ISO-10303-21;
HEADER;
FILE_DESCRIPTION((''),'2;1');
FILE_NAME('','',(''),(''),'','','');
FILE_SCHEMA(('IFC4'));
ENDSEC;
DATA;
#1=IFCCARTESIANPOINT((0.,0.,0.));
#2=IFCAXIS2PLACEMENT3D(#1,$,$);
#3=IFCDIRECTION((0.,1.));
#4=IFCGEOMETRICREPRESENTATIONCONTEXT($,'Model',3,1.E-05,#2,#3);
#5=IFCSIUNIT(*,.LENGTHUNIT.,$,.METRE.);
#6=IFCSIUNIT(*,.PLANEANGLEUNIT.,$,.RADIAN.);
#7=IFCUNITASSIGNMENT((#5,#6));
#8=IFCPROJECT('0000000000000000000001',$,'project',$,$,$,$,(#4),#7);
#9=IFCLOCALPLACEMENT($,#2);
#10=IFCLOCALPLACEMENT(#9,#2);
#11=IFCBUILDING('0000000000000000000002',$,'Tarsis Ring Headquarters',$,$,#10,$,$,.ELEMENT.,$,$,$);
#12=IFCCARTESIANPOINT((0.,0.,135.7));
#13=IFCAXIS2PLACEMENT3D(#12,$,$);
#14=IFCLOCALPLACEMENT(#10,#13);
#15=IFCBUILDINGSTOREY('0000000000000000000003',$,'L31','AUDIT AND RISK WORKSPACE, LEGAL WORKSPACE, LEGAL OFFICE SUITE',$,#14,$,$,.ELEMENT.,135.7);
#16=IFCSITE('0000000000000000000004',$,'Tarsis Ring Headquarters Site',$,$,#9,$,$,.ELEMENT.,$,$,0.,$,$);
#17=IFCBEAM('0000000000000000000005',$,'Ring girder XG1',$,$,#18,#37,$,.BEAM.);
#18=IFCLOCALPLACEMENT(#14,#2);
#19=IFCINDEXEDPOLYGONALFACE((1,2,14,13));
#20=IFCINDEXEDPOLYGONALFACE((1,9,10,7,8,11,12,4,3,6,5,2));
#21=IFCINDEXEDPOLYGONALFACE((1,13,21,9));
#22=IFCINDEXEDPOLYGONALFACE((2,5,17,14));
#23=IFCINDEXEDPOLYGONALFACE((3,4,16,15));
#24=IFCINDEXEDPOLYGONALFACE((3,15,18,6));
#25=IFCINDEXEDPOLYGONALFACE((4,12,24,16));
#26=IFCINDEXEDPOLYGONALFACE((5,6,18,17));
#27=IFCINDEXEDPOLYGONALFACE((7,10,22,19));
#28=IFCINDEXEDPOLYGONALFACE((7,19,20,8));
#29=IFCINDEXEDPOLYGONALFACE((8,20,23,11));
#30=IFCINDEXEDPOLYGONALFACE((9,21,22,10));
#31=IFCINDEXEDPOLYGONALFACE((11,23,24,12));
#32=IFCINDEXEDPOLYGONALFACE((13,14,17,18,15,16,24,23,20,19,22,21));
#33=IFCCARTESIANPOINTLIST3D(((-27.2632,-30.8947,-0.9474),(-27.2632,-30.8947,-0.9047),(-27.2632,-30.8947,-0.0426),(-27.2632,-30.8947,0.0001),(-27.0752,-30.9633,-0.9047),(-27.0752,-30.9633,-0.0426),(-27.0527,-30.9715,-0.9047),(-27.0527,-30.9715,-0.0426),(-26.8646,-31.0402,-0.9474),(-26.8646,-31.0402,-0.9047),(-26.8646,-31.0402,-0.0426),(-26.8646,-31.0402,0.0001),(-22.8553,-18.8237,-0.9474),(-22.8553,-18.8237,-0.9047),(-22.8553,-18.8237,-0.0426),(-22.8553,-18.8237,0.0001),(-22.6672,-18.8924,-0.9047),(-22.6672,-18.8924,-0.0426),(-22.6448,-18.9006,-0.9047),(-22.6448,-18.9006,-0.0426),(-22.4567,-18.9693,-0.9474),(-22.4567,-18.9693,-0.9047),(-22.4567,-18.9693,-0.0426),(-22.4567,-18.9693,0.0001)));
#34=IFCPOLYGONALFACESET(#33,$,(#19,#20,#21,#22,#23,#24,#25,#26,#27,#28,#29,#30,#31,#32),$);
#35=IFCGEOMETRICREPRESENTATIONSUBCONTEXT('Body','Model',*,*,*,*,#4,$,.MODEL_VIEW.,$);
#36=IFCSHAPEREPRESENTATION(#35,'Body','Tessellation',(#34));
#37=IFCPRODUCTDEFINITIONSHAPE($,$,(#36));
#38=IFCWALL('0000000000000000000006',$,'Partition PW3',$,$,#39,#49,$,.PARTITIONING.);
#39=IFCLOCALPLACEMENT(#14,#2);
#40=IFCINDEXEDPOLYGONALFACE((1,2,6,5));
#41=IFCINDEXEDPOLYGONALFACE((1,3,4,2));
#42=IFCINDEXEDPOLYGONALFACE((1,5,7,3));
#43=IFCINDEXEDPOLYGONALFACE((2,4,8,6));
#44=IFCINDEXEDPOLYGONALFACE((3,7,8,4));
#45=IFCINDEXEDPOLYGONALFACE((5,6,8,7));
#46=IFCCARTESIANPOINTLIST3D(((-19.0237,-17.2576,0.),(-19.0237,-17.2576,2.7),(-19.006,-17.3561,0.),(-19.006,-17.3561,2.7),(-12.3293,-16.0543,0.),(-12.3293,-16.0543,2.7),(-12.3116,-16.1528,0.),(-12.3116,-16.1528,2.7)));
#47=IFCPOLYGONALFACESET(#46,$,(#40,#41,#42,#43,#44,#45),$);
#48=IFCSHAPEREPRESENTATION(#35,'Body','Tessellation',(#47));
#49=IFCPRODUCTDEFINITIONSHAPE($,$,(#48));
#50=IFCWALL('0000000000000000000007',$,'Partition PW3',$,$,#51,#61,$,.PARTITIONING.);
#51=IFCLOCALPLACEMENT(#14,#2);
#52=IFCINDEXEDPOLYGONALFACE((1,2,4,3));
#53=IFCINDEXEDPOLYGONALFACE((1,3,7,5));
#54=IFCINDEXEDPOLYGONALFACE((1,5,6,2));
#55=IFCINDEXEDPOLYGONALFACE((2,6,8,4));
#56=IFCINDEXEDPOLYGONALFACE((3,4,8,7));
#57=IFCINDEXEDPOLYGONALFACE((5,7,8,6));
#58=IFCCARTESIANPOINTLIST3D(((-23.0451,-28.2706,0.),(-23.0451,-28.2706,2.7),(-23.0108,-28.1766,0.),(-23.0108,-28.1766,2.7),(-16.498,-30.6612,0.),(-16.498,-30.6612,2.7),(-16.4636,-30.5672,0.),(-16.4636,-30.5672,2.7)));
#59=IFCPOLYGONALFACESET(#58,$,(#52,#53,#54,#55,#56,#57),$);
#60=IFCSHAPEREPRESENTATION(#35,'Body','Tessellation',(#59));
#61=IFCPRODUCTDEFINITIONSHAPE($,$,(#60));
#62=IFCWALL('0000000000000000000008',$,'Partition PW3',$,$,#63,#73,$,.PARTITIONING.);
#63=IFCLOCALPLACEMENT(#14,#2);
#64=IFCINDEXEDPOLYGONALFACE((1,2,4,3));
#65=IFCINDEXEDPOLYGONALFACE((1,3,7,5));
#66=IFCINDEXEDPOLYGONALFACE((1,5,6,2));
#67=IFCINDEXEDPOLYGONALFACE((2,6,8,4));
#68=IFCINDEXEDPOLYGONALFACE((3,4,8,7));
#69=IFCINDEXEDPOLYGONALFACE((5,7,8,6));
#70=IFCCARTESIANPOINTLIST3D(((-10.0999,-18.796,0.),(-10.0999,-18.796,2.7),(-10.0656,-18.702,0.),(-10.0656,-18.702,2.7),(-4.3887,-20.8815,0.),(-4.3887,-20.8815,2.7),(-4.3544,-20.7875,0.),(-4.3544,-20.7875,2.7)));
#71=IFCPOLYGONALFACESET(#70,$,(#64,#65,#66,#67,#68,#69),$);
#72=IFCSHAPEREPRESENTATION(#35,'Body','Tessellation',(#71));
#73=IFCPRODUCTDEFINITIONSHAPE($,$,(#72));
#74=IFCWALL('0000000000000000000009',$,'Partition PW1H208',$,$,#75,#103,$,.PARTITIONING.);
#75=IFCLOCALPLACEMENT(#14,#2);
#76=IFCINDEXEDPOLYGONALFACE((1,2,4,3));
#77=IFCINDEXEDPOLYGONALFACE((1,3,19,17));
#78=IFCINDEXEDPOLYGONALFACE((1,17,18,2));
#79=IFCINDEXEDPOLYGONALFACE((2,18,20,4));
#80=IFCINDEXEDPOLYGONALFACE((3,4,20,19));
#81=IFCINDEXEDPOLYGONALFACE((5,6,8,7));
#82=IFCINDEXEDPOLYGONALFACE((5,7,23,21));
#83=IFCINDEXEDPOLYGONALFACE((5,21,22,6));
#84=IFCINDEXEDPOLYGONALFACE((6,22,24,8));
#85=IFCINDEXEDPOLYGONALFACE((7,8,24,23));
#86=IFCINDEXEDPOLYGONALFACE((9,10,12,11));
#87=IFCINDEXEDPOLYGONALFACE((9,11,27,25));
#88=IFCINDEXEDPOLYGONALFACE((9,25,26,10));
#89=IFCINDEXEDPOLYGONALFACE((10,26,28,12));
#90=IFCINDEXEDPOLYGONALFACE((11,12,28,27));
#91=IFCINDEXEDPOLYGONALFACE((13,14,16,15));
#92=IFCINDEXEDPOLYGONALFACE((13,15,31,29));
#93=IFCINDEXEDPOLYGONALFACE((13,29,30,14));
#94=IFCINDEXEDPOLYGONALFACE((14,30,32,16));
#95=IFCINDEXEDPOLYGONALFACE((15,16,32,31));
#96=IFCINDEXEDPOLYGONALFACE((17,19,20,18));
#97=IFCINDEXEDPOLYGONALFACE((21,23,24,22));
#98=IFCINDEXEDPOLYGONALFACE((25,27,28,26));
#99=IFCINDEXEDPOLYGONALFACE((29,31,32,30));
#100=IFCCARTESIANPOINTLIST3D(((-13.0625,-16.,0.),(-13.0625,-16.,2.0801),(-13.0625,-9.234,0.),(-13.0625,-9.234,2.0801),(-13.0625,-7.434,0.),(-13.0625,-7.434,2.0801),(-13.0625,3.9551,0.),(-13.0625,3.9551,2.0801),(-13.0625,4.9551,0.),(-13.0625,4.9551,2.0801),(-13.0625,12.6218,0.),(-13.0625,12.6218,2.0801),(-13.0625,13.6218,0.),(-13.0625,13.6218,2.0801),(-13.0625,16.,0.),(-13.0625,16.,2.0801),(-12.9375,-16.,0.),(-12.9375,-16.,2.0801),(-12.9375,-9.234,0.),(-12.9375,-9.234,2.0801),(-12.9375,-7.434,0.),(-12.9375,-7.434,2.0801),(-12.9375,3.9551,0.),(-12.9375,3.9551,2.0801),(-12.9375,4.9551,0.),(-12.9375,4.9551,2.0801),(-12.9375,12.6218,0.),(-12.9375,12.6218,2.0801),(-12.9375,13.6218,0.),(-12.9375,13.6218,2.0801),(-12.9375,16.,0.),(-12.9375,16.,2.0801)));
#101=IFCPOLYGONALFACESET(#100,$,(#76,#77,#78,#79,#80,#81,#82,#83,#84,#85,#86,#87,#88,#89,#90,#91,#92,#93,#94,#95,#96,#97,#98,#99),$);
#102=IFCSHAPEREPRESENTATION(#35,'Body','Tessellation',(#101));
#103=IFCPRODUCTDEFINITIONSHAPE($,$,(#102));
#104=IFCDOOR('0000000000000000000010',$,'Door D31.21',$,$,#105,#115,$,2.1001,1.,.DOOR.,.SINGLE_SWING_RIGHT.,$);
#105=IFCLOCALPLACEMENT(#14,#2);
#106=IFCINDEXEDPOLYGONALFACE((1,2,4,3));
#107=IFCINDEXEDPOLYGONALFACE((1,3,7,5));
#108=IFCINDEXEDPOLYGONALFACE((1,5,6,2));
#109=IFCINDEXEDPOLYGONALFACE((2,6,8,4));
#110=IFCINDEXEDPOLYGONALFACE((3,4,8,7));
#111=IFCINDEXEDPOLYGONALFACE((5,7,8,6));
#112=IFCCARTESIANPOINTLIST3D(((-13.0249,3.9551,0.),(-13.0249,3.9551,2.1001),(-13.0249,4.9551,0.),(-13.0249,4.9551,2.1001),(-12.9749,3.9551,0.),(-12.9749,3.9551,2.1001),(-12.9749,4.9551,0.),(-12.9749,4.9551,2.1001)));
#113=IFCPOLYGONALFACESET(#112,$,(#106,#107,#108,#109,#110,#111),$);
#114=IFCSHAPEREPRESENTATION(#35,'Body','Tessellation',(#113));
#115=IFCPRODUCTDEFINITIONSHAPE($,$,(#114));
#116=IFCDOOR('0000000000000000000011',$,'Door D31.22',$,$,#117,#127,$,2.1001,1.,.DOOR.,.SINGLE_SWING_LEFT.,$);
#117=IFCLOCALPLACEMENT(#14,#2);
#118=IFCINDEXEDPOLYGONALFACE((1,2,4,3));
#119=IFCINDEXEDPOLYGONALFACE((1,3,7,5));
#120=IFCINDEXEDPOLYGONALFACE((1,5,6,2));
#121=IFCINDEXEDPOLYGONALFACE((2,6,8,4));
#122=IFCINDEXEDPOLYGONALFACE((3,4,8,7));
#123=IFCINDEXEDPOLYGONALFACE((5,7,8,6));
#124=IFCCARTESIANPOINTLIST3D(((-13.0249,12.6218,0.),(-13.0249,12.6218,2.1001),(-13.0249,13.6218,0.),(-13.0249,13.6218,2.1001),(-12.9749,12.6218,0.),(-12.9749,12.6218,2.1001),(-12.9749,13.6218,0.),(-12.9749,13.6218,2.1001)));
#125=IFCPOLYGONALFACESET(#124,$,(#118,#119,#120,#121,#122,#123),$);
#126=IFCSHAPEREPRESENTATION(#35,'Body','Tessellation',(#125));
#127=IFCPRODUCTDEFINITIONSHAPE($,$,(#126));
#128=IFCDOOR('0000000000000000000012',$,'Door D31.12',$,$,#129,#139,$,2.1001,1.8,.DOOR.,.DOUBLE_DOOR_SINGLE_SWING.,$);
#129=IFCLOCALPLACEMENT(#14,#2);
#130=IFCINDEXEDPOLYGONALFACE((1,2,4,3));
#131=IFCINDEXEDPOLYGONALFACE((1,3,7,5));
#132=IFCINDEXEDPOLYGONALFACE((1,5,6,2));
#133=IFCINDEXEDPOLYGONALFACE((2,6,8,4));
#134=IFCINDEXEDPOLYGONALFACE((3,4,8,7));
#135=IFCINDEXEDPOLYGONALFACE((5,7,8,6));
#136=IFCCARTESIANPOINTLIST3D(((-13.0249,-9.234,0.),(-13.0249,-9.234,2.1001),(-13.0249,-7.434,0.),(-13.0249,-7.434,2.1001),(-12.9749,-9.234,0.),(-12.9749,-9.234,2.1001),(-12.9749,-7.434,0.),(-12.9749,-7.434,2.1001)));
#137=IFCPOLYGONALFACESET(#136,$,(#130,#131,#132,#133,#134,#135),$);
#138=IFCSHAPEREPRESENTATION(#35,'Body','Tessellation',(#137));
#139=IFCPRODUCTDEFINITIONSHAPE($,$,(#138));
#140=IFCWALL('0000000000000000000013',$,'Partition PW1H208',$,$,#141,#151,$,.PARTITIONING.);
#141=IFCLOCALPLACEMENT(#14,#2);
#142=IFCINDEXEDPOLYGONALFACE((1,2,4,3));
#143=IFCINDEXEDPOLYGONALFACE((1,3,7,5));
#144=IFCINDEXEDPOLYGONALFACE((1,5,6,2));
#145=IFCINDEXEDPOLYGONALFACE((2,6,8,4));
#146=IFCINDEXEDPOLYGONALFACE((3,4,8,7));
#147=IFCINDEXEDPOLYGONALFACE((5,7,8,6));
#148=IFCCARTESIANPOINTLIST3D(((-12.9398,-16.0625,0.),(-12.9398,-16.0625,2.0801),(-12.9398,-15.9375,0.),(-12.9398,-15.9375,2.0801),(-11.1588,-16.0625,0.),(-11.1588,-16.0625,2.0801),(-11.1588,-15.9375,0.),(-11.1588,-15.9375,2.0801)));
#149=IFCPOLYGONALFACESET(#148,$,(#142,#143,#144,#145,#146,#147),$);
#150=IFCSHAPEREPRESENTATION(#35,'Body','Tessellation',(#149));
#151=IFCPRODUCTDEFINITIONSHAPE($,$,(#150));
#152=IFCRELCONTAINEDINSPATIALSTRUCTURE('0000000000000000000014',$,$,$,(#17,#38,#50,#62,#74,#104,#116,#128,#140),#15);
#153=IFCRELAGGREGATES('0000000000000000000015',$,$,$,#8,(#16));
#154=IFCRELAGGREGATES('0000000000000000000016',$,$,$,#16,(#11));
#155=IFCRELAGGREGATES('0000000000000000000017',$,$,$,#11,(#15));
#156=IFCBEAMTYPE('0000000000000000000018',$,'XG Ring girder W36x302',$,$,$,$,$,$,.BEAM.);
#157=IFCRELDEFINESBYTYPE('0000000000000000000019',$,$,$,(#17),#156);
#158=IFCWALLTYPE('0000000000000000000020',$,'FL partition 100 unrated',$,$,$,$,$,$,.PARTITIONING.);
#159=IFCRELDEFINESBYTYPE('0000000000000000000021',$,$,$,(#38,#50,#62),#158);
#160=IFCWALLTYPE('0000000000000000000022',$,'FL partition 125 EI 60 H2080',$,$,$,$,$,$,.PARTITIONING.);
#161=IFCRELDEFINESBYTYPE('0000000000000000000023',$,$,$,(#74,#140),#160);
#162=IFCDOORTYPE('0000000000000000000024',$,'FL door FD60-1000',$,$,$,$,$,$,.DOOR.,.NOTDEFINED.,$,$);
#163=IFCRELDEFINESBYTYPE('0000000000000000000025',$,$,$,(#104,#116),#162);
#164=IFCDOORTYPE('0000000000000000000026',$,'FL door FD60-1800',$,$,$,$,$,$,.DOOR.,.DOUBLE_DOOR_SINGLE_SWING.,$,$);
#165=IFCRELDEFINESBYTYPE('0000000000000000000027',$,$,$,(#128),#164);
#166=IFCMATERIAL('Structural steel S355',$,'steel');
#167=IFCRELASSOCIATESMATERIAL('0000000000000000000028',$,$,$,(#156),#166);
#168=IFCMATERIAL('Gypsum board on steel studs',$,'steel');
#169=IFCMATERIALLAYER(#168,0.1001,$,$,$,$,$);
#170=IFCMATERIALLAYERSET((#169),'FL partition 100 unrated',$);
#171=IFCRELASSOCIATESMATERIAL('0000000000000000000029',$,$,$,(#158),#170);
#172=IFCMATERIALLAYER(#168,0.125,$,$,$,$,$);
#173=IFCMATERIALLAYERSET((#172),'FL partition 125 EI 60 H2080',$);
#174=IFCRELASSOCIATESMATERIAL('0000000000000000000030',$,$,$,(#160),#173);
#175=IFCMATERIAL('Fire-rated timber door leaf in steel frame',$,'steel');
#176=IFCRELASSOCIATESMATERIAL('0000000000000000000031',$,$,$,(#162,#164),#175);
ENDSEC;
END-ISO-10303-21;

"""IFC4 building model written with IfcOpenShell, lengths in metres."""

from ifc_helpers import new_model, si_unit, direction, frame, frame_2d, origin, origin_2d, place, context, subcontext, project, spatial, rectangle, i_section, extrude, material, layer, layer_set, material_profile, profile_set, type_object, element, fill, save


model = new_model("IFC4")

# Units and contexts
model_context = context("Model", 3, precision=1e-05, world=origin(), true_north=direction((0.0, 1.0)))
body_context = subcontext(model_context, "Body", "Model", "MODEL_VIEW")
ifc_project = project(units=[si_unit("LENGTHUNIT", "METRE"), si_unit("PLANEANGLEUNIT", "RADIAN")], contexts=[model_context])

# Site, building, storey
site_placement = place(None, origin())
site = spatial("IfcSite", under=ifc_project, at=site_placement, Name="Tarsis Ring Headquarters Site", CompositionType="ELEMENT", RefElevation=0.0)
building_placement = place(site_placement, origin())
building = spatial("IfcBuilding", under=site, at=building_placement, Name="Tarsis Ring Headquarters", CompositionType="ELEMENT")
storey_placement = place(building_placement, frame((0.0, 0.0, 135.7)))
storey = spatial("IfcBuildingStorey", under=building, at=storey_placement, Name="L31", Description="AUDIT AND RISK WORKSPACE, LEGAL WORKSPACE, LEGAL OFFICE SUITE", CompositionType="ELEMENT", Elevation=135.7)

# Shared definitions
ifc_material_1 = material(Name="Structural steel S355", Category="steel")

# Beam
ifc_material_profile_1 = material_profile(ifc_material_1, i_section(OverallWidth=0.4243, OverallDepth=0.9475, WebThickness=0.0239, FlangeThickness=0.0427, at=origin_2d()), Name="W36x302")
ifc_profile_set_1 = profile_set([ifc_material_profile_1], Name="Structural steel S355")
beam_type_1 = type_object("IfcBeamType", Name="XG Ring girder W36x302", PredefinedType="BEAM", material=ifc_profile_set_1)
beam_1_placement = place(storey_placement, frame((-22.656, -18.8965, -0.4736), z_axis=(-0.343013, -0.939331, 0.0), x_axis=(0.939331, -0.343013, 0.0)))
element("IfcBeam", 1, at=beam_1_placement, inside=storey, type_object=beam_type_1, Name="Ring girder XG1", PredefinedType="BEAM", context=body_context, shape_type="SweptSolid", body=[
    extrude(i_section(OverallWidth=0.4243, OverallDepth=0.9475, WebThickness=0.0239, FlangeThickness=0.0427, at=origin_2d()), origin(), (0.0, 0.0, 1.0), 12.8506),
])

# Walls
ifc_material_2 = material(Name="Gypsum board on steel studs", Category="steel")
ifc_layer_1 = layer(ifc_material_2, 0.1001)
ifc_layer_set_1 = layer_set([ifc_layer_1], Name="FL partition 100 unrated")
wall_type_1 = type_object("IfcWallType", Name="FL partition 100 unrated", PredefinedType="PARTITIONING", material=ifc_layer_set_1)
wall_1_placement = place(storey_placement, frame((-19.0149, -17.3069, 0.0), z_axis=(0.0, 0.0, 1.0), x_axis=(0.984226, 0.176917, 0.0)))
element("IfcWall", 2, at=wall_1_placement, inside=storey, type_object=wall_type_1, Name="Partition PW3", PredefinedType="PARTITIONING", context=body_context, shape_type="SweptSolid", body=[
    extrude(rectangle(XDim=6.8018, YDim=0.1001, at=frame_2d((3.4009, 0.0))), origin(), (0.0, 0.0, 1.0), 2.7),
])
wall_2_placement = place(storey_placement, frame((-23.0278, -28.2236, 0.0), z_axis=(0.0, 0.0, 1.0), x_axis=(0.939339, -0.342991, 0.0)))
element("IfcWall", 3, at=wall_2_placement, inside=storey, type_object=wall_type_1, Name="Partition PW3", PredefinedType="PARTITIONING", context=body_context, shape_type="SweptSolid", body=[
    extrude(rectangle(XDim=6.97, YDim=0.1001, at=frame_2d((3.4849, 0.0))), origin(), (0.0, 0.0, 1.0), 2.7),
])
wall_3_placement = place(storey_placement, frame((-10.0828, -18.749, 0.0), z_axis=(0.0, 0.0, 1.0), x_axis=(0.939335, -0.343, 0.0)))
element("IfcWall", 4, at=wall_3_placement, inside=storey, type_object=wall_type_1, Name="Partition PW3", PredefinedType="PARTITIONING", context=body_context, shape_type="SweptSolid", body=[
    extrude(rectangle(XDim=6.0801, YDim=0.1001, at=frame_2d((3.04, 0.0))), origin(), (0.0, 0.0, 1.0), 2.7),
])

# Wall, openings, doors
ifc_layer_2 = layer(ifc_material_2, 0.125)
ifc_layer_set_2 = layer_set([ifc_layer_2], Name="FL partition 125 EI 60 H2080")
wall_type_2 = type_object("IfcWallType", Name="FL partition 125 EI 60 H2080", PredefinedType="PARTITIONING", material=ifc_layer_set_2)
wall_4_placement = place(storey_placement, frame((-13.0, -16.0, 0.0), z_axis=(0.0, 0.0, 1.0), x_axis=(0.0, 1.0, 0.0)))
wall_4 = element("IfcWall", 5, at=wall_4_placement, inside=storey, type_object=wall_type_2, Name="Partition PW1H208", PredefinedType="PARTITIONING", context=body_context, shape_type="SweptSolid", body=[
    extrude(rectangle(XDim=32.0, YDim=0.125, at=frame_2d((16.0, 0.0))), origin(), (0.0, 0.0, 1.0), 2.0801),
])
opening_1_placement = place(wall_4_placement, frame((6.7661, 0.0, 0.0)))
opening_1 = element("IfcOpeningElement", 6, at=opening_1_placement, cuts=wall_4, PredefinedType="OPENING", context=body_context, shape_type="SweptSolid", body=[
    extrude(rectangle(XDim=1.8, YDim=2.1001, at=frame_2d((0.8999, 1.05))), frame((0.0, 0.0725, 0.0), z_axis=(0.0, -1.0, 0.0), x_axis=(1.0, 0.0, 0.0)), (0.0, 0.0, 1.0), 0.145),
])
opening_2_placement = place(wall_4_placement, frame((19.9551, 0.0, 0.0)))
opening_2 = element("IfcOpeningElement", 7, at=opening_2_placement, cuts=wall_4, PredefinedType="OPENING", context=body_context, shape_type="SweptSolid", body=[
    extrude(rectangle(XDim=1.0, YDim=2.1001, at=frame_2d((0.5, 1.05))), frame((0.0, 0.0725, 0.0), z_axis=(0.0, -1.0, 0.0), x_axis=(1.0, 0.0, 0.0)), (0.0, 0.0, 1.0), 0.145),
])
opening_3_placement = place(wall_4_placement, frame((28.6218, 0.0, 0.0)))
opening_3 = element("IfcOpeningElement", 8, at=opening_3_placement, cuts=wall_4, PredefinedType="OPENING", context=body_context, shape_type="SweptSolid", body=[
    extrude(rectangle(XDim=1.0, YDim=2.1001, at=frame_2d((0.5, 1.05))), frame((0.0, 0.0725, 0.0), z_axis=(0.0, -1.0, 0.0), x_axis=(1.0, 0.0, 0.0)), (0.0, 0.0, 1.0), 0.145),
])
ifc_material_3 = material(Name="Fire-rated timber door leaf in steel frame", Category="steel")
door_type_1 = type_object("IfcDoorType", Name="FL door FD60-1000", OperationType="NOTDEFINED", PredefinedType="DOOR", material=ifc_material_3)
door_1_placement = place(opening_2_placement, origin())
door_1 = element("IfcDoor", 9, at=door_1_placement, inside=storey, type_object=door_type_1, Name="Door D31.21", OperationType="SINGLE_SWING_RIGHT", OverallHeight=2.1001, OverallWidth=1.0, PredefinedType="DOOR", context=body_context, shape_type="SweptSolid", body=[
    extrude(rectangle(XDim=1.0, YDim=2.1001, at=frame_2d((0.5, 1.05))), frame((0.0, 0.0249, 0.0), z_axis=(0.0, -1.0, 0.0), x_axis=(1.0, 0.0, 0.0)), (0.0, 0.0, 1.0), 0.05),
])
fill(opening_2, door_1)
door_2_placement = place(opening_3_placement, origin())
door_2 = element("IfcDoor", 10, at=door_2_placement, inside=storey, type_object=door_type_1, Name="Door D31.22", OperationType="SINGLE_SWING_LEFT", OverallHeight=2.1001, OverallWidth=1.0, PredefinedType="DOOR", context=body_context, shape_type="SweptSolid", body=[
    extrude(rectangle(XDim=1.0, YDim=2.1001, at=frame_2d((0.5, 1.05))), frame((0.0, 0.0249, 0.0), z_axis=(0.0, -1.0, 0.0), x_axis=(1.0, 0.0, 0.0)), (0.0, 0.0, 1.0), 0.05),
])
fill(opening_3, door_2)
door_type_2 = type_object("IfcDoorType", Name="FL door FD60-1800", OperationType="DOUBLE_DOOR_SINGLE_SWING", PredefinedType="DOOR", material=ifc_material_3)
door_3_placement = place(opening_1_placement, origin())
door_3 = element("IfcDoor", 11, at=door_3_placement, inside=storey, type_object=door_type_2, Name="Door D31.12", OperationType="DOUBLE_DOOR_SINGLE_SWING", OverallHeight=2.1001, OverallWidth=1.8, PredefinedType="DOOR", context=body_context, shape_type="SweptSolid", body=[
    extrude(rectangle(XDim=1.8, YDim=2.1001, at=frame_2d((0.8999, 1.05))), frame((0.0, 0.0249, 0.0), z_axis=(0.0, -1.0, 0.0), x_axis=(1.0, 0.0, 0.0)), (0.0, 0.0, 1.0), 0.05),
])
fill(opening_1, door_3)

# Wall
wall_5_placement = place(storey_placement, frame((-12.9399, -16.0, 0.0), z_axis=(0.0, 0.0, 1.0), x_axis=(1.0, 0.0, 0.0)))
element("IfcWall", 12, at=wall_5_placement, inside=storey, type_object=wall_type_2, Name="Partition PW1H208", PredefinedType="PARTITIONING", context=body_context, shape_type="SweptSolid", body=[
    extrude(rectangle(XDim=1.781, YDim=0.125, at=frame_2d((0.8906, 0.0))), origin(), (0.0, 0.0, 1.0), 2.0801),
])

save(model, "model.ifc")
